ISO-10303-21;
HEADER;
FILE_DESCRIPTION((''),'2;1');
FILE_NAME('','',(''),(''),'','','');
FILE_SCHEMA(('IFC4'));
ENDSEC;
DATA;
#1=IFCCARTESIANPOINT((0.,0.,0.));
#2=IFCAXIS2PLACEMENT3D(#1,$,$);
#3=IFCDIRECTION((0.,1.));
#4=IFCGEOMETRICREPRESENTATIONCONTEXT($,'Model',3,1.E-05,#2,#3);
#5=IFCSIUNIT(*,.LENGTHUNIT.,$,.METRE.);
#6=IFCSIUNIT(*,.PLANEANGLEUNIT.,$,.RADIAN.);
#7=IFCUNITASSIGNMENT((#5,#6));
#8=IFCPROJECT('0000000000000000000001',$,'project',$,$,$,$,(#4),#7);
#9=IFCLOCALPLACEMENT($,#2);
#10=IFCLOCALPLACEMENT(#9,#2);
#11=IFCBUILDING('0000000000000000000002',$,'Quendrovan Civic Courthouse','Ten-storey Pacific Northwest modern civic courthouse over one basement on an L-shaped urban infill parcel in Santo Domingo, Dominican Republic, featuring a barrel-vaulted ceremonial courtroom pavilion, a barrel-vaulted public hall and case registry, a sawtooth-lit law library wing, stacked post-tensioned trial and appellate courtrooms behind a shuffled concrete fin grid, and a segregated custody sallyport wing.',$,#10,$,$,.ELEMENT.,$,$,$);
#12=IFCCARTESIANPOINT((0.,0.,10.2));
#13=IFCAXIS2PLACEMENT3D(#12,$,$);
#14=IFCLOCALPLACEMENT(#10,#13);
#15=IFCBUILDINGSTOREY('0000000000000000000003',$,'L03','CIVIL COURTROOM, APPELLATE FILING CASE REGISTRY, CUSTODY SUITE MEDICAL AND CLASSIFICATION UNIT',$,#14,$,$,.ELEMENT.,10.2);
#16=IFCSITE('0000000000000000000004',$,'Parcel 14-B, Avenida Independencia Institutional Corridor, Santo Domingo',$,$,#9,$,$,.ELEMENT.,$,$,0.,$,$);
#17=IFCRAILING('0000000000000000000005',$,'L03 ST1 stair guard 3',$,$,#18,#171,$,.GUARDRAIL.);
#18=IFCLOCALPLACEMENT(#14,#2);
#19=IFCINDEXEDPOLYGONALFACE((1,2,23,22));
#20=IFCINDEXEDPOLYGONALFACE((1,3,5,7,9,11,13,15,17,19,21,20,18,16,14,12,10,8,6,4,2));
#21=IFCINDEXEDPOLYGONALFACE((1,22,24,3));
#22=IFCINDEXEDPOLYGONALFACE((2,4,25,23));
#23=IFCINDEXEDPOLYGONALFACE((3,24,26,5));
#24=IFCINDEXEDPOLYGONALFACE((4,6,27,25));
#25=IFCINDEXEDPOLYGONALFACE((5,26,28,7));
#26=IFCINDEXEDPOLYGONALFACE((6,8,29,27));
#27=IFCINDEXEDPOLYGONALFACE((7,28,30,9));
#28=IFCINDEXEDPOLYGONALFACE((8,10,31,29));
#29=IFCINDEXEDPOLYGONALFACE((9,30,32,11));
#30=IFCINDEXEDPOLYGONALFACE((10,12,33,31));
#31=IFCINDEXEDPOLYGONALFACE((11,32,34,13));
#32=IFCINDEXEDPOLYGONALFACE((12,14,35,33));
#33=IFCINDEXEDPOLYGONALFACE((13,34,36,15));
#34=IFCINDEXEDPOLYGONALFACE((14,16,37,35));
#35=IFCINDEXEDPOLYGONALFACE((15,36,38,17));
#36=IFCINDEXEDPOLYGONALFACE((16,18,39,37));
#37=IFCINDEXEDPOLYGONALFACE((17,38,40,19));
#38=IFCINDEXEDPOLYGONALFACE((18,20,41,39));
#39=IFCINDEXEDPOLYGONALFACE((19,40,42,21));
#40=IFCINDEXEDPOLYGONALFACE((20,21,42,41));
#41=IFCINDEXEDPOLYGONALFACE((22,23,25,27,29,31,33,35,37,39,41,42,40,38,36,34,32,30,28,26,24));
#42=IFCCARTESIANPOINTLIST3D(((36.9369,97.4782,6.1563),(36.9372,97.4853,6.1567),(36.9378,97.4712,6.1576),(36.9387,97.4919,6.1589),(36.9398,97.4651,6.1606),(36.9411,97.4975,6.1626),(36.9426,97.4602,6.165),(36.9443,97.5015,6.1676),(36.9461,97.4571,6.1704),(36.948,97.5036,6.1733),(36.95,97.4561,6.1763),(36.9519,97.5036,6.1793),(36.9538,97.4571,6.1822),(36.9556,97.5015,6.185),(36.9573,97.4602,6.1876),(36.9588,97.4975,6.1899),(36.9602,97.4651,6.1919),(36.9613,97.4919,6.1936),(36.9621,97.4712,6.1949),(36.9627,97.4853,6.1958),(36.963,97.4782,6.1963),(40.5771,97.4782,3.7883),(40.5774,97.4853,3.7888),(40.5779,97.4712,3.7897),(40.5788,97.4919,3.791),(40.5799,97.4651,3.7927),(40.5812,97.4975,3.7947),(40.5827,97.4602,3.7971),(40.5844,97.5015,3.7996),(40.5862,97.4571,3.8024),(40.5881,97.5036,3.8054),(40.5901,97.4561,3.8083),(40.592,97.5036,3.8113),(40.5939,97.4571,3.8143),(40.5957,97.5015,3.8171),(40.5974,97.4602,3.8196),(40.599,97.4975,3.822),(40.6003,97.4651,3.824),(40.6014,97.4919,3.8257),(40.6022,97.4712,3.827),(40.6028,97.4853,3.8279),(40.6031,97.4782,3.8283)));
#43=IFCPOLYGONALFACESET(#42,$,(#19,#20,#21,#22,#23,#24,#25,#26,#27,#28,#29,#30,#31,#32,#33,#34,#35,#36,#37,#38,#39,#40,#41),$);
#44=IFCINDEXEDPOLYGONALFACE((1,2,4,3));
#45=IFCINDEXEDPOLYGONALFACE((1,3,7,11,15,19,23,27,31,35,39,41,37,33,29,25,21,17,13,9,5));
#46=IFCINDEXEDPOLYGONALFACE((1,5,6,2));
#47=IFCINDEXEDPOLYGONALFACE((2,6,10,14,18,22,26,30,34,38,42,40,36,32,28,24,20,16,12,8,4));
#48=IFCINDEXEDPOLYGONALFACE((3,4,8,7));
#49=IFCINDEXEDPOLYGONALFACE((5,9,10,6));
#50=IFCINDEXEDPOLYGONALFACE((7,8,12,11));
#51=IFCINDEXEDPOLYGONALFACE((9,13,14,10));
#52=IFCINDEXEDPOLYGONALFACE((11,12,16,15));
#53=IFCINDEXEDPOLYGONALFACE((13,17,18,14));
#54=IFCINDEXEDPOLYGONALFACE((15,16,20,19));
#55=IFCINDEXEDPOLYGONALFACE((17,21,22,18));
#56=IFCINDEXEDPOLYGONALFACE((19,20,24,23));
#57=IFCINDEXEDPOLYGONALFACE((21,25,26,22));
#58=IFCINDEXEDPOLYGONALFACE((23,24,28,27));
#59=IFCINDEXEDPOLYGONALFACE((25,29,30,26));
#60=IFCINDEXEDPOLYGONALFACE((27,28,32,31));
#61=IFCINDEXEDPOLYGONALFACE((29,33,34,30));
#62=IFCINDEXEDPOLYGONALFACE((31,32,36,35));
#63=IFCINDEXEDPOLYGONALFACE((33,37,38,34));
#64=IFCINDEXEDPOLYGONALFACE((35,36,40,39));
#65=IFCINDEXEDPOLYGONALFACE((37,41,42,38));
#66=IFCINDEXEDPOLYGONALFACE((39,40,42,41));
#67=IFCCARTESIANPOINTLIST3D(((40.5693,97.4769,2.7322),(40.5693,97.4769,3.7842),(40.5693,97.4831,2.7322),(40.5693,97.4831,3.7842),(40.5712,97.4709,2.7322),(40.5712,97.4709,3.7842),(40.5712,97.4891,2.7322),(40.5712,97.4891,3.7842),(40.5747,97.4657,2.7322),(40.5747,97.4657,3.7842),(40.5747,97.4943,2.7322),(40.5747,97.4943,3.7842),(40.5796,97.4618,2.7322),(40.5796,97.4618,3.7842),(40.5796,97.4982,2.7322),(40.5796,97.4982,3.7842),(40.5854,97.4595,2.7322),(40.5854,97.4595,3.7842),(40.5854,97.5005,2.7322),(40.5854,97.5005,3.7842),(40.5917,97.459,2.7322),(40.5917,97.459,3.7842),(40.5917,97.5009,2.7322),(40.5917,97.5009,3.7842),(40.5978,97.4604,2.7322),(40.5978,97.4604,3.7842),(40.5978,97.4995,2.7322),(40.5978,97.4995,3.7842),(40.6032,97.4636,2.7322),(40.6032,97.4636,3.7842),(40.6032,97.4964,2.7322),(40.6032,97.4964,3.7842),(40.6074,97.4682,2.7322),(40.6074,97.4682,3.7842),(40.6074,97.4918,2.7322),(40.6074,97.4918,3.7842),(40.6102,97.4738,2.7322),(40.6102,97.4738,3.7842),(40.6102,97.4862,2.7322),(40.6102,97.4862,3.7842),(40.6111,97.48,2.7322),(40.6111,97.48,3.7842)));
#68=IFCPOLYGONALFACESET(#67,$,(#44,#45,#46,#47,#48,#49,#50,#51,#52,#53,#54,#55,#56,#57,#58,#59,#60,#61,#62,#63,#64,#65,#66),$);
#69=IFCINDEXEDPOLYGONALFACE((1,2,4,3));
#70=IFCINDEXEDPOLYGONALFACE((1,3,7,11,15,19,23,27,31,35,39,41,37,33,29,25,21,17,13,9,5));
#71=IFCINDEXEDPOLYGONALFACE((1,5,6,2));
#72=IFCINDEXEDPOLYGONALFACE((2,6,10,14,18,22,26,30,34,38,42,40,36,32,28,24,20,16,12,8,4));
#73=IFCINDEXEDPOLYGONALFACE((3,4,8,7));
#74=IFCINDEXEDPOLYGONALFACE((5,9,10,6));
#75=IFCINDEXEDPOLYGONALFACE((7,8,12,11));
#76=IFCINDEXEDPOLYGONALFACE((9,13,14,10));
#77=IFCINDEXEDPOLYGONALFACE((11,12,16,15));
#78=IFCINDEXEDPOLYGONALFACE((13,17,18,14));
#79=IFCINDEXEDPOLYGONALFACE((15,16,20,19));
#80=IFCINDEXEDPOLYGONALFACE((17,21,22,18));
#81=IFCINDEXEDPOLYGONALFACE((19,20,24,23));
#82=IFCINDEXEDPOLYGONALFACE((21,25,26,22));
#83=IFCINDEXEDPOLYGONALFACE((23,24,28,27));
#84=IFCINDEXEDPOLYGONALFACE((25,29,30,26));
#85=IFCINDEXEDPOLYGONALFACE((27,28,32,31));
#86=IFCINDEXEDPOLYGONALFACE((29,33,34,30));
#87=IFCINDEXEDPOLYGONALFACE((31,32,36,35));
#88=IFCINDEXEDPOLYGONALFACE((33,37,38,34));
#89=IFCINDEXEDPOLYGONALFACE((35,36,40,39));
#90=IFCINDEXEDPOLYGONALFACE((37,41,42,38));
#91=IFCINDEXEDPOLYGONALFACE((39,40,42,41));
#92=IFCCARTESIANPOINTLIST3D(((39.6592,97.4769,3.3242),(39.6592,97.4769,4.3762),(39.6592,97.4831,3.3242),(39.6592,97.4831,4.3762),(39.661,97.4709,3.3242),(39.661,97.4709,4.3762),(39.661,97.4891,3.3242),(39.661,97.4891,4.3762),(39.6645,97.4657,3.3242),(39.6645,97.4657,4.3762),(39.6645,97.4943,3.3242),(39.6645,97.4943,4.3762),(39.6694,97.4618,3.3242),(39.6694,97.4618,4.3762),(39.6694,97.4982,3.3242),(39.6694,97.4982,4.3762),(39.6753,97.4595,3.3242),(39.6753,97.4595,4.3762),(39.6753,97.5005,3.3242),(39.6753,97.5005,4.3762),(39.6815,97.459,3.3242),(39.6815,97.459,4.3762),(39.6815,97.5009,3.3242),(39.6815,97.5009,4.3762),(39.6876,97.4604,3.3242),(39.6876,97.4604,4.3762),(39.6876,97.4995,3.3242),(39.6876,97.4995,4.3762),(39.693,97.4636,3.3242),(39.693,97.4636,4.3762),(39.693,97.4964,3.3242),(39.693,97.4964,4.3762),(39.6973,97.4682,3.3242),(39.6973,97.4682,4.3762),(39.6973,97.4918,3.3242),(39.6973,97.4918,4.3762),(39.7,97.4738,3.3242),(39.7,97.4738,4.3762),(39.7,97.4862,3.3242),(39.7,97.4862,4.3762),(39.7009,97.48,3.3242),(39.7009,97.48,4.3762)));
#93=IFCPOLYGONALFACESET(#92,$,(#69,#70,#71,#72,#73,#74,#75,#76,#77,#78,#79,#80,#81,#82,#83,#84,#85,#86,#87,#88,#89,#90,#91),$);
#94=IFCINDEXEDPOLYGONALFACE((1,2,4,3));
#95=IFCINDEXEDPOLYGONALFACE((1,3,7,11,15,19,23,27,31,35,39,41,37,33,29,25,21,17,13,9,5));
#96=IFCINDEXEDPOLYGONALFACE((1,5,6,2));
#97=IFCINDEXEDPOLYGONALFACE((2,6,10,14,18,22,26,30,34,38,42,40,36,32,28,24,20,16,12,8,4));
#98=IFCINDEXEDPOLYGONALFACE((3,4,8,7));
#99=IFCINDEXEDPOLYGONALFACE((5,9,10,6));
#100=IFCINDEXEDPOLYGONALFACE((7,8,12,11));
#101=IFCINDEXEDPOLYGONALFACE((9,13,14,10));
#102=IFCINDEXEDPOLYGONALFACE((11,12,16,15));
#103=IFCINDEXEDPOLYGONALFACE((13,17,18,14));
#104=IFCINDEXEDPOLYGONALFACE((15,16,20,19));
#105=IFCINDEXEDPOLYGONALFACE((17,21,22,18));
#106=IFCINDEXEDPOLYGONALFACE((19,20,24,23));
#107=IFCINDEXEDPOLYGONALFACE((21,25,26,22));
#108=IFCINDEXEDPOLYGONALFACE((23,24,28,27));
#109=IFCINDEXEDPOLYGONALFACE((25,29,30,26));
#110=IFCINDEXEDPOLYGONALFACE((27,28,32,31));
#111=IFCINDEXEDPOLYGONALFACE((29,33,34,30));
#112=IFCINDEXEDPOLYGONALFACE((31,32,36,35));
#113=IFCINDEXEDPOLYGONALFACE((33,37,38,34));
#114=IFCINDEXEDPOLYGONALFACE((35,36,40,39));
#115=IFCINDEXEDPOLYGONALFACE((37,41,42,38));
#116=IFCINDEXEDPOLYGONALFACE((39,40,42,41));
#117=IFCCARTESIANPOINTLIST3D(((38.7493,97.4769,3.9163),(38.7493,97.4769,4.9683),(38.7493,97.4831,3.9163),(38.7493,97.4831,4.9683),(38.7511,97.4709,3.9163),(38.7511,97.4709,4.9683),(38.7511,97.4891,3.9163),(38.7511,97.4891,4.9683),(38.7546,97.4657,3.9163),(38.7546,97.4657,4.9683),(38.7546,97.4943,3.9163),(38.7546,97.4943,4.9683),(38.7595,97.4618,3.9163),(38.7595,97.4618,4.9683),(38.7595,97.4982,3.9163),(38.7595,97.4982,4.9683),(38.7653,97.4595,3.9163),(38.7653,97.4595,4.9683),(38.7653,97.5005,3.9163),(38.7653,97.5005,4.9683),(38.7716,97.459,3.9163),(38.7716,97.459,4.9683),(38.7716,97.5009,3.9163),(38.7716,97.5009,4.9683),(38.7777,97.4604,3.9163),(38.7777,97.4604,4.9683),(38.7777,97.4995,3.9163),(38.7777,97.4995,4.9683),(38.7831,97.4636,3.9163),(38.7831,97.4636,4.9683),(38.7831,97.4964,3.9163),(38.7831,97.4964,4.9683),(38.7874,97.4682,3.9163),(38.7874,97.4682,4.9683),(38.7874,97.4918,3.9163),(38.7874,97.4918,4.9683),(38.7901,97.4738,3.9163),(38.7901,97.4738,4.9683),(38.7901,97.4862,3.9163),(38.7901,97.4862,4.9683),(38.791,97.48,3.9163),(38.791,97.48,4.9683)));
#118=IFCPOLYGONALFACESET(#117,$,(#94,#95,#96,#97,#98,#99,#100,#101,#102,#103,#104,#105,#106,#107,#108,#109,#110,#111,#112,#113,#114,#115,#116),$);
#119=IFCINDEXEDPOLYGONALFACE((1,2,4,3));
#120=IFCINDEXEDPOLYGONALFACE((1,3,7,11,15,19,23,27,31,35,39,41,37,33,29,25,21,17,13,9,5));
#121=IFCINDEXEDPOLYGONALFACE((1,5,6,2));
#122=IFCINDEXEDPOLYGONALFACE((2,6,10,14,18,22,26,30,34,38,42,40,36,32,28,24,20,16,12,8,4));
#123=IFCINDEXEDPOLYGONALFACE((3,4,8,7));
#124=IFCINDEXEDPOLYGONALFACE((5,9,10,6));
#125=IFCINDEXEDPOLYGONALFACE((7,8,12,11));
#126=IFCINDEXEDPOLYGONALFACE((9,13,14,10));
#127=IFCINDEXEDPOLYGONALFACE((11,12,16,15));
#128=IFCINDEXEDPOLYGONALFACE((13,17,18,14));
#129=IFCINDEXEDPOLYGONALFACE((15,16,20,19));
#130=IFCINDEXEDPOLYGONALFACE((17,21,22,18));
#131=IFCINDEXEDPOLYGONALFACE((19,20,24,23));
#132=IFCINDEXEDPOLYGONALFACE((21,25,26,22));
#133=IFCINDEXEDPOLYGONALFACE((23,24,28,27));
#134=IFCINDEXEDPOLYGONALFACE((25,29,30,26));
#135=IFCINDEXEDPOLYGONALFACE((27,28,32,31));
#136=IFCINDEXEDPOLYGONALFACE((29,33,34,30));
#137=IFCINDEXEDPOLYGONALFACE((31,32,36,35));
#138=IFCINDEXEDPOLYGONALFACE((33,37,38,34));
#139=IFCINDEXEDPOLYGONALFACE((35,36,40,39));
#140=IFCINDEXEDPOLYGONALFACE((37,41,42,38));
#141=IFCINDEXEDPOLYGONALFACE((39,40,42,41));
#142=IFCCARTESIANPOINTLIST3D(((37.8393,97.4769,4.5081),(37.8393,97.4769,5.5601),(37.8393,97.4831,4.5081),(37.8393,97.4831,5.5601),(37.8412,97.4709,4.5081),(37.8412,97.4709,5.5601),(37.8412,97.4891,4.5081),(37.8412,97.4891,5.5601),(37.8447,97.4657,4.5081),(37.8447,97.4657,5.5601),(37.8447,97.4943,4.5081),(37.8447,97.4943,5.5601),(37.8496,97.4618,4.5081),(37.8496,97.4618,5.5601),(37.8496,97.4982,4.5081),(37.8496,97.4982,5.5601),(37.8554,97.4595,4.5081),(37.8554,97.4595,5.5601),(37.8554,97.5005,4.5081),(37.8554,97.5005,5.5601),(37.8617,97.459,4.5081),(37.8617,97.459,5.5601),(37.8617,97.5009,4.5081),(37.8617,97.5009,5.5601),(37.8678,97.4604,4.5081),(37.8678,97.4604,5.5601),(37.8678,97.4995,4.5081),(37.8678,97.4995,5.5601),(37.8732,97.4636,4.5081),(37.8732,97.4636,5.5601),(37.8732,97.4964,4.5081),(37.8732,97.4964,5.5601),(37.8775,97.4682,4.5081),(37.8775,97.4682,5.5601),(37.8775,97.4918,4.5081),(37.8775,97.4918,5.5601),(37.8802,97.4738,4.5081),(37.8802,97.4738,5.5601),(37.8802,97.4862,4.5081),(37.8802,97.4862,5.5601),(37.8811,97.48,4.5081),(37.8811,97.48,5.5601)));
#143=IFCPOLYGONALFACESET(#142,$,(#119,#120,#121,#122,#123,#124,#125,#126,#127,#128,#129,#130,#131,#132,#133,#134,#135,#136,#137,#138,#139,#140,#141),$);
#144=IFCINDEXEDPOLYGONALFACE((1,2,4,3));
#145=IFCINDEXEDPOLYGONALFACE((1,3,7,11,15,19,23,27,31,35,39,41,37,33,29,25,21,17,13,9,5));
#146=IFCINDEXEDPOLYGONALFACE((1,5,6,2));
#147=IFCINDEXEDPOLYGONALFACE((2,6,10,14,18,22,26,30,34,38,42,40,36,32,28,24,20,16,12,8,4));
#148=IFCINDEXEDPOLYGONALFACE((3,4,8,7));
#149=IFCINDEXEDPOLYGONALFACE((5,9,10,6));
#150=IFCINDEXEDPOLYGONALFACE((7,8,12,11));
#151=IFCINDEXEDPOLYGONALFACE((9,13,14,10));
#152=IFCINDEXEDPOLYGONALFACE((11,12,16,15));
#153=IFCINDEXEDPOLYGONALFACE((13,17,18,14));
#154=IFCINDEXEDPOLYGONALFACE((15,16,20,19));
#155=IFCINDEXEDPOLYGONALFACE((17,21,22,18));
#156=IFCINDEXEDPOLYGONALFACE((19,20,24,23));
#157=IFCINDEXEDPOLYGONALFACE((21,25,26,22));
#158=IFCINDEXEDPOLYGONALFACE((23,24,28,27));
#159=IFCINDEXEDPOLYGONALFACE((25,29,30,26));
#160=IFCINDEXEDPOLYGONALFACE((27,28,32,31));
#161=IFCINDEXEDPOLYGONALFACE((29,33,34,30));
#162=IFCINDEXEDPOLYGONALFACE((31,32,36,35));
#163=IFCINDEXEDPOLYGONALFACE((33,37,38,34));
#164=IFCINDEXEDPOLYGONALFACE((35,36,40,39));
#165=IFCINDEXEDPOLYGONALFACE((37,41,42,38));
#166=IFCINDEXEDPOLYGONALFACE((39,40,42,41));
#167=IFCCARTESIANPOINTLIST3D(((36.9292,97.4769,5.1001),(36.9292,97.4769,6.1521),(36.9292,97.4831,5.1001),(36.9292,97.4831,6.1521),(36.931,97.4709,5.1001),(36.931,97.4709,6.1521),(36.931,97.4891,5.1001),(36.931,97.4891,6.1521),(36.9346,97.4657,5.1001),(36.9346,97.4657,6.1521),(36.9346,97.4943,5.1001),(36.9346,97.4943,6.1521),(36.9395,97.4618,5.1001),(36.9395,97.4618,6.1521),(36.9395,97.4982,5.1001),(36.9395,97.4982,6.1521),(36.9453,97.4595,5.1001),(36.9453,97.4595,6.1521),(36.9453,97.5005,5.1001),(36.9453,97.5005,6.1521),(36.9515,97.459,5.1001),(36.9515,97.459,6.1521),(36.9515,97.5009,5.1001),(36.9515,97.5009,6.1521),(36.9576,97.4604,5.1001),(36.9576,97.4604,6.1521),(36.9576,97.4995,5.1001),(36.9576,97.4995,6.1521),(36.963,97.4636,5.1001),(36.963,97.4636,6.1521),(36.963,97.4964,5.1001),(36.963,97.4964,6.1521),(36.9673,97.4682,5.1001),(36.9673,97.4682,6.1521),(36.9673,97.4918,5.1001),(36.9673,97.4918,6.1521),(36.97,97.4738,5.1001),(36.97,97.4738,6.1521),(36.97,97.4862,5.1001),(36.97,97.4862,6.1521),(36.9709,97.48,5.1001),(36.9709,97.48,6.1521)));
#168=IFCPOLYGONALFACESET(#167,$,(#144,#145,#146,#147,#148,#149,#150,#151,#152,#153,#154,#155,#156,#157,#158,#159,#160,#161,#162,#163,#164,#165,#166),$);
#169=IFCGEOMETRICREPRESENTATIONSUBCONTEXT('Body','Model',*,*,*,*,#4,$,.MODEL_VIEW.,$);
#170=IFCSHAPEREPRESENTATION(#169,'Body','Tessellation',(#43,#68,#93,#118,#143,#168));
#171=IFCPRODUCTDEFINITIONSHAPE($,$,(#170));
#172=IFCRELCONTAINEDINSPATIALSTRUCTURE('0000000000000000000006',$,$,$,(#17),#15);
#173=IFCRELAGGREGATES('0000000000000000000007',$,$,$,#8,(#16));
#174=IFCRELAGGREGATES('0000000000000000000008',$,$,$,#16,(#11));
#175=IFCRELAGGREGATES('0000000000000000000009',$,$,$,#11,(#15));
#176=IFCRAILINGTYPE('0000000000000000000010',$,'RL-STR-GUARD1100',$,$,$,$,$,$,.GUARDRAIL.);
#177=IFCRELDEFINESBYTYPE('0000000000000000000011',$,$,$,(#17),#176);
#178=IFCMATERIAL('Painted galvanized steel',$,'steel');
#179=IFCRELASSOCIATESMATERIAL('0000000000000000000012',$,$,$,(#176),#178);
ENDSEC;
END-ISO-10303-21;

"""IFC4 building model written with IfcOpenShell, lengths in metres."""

from ifc_helpers import new_model, si_unit, direction, frame, origin, origin_2d, place, context, subcontext, project, spatial, circle, extrude, material, type_object, element, save


model = new_model("IFC4")

# Units and contexts
model_context = context("Model", 3, precision=1e-05, world=origin(), true_north=direction((0.0, 1.0)))
body_context = subcontext(model_context, "Body", "Model", "MODEL_VIEW")
ifc_project = project(units=[si_unit("LENGTHUNIT", "METRE"), si_unit("PLANEANGLEUNIT", "RADIAN")], contexts=[model_context])

# Site, building, storey
site_placement = place(None, origin())
site = spatial("IfcSite", under=ifc_project, at=site_placement, Name="Parcel 14-B, Avenida Independencia Institutional Corridor, Santo Domingo", CompositionType="ELEMENT", RefElevation=0.0)
building_placement = place(site_placement, origin())
building = spatial("IfcBuilding", under=site, at=building_placement, Name="Quendrovan Civic Courthouse", Description="Ten-storey Pacific Northwest modern civic courthouse over one basement on an L-shaped urban infill parcel in Santo Domingo, Dominican Republic, featuring a barrel-vaulted ceremonial courtroom pavilion, a barrel-vaulted public hall and case registry, a sawtooth-lit law library wing, stacked post-tensioned trial and appellate courtrooms behind a shuffled concrete fin grid, and a segregated custody sallyport wing.", CompositionType="ELEMENT")
storey_placement = place(building_placement, frame((0.0, 0.0, 10.2)))
storey = spatial("IfcBuildingStorey", under=building, at=storey_placement, Name="L03", Description="CIVIL COURTROOM, APPELLATE FILING CASE REGISTRY, CUSTODY SUITE MEDICAL AND CLASSIFICATION UNIT", CompositionType="ELEMENT", Elevation=10.2)

# Railing
ifc_material_1 = material(Name="Painted galvanized steel", Category="steel")
railing_type_1 = type_object("IfcRailingType", Name="RL-STR-GUARD1100", PredefinedType="GUARDRAIL", material=ifc_material_1)
railing_1_placement = place(storey_placement, frame((40.5901, 97.48, 2.7322)))
element("IfcRailing", 1, at=railing_1_placement, inside=storey, type_object=railing_type_1, Name="L03 ST1 stair guard 3", PredefinedType="GUARDRAIL", context=body_context, shape_type="SweptSolid", body=[
    extrude(circle(Radius=0.0239, at=origin_2d()), frame((0.0, 0.0, 1.0762), z_axis=(-0.838251, 0.0, 0.545285), x_axis=(0.0, -1.0, 0.0)), (0.0, 0.0, 1.0), 4.3425),
    extrude(circle(Radius=0.021, at=origin_2d()), origin(), (0.0, 0.0, 1.0), 1.052),
    extrude(circle(Radius=0.021, at=origin_2d()), frame((-0.9102, 0.0, 0.592)), (0.0, 0.0, 1.0), 1.052),
    extrude(circle(Radius=0.021, at=origin_2d()), frame((-1.8201, 0.0, 1.1841)), (0.0, 0.0, 1.0), 1.052),
    extrude(circle(Radius=0.021, at=origin_2d()), frame((-2.73, 0.0, 1.7759)), (0.0, 0.0, 1.0), 1.052),
    extrude(circle(Radius=0.021, at=origin_2d()), frame((-3.6401, 0.0, 2.3679)), (0.0, 0.0, 1.0), 1.052),
])

save(model, "model.ifc")
